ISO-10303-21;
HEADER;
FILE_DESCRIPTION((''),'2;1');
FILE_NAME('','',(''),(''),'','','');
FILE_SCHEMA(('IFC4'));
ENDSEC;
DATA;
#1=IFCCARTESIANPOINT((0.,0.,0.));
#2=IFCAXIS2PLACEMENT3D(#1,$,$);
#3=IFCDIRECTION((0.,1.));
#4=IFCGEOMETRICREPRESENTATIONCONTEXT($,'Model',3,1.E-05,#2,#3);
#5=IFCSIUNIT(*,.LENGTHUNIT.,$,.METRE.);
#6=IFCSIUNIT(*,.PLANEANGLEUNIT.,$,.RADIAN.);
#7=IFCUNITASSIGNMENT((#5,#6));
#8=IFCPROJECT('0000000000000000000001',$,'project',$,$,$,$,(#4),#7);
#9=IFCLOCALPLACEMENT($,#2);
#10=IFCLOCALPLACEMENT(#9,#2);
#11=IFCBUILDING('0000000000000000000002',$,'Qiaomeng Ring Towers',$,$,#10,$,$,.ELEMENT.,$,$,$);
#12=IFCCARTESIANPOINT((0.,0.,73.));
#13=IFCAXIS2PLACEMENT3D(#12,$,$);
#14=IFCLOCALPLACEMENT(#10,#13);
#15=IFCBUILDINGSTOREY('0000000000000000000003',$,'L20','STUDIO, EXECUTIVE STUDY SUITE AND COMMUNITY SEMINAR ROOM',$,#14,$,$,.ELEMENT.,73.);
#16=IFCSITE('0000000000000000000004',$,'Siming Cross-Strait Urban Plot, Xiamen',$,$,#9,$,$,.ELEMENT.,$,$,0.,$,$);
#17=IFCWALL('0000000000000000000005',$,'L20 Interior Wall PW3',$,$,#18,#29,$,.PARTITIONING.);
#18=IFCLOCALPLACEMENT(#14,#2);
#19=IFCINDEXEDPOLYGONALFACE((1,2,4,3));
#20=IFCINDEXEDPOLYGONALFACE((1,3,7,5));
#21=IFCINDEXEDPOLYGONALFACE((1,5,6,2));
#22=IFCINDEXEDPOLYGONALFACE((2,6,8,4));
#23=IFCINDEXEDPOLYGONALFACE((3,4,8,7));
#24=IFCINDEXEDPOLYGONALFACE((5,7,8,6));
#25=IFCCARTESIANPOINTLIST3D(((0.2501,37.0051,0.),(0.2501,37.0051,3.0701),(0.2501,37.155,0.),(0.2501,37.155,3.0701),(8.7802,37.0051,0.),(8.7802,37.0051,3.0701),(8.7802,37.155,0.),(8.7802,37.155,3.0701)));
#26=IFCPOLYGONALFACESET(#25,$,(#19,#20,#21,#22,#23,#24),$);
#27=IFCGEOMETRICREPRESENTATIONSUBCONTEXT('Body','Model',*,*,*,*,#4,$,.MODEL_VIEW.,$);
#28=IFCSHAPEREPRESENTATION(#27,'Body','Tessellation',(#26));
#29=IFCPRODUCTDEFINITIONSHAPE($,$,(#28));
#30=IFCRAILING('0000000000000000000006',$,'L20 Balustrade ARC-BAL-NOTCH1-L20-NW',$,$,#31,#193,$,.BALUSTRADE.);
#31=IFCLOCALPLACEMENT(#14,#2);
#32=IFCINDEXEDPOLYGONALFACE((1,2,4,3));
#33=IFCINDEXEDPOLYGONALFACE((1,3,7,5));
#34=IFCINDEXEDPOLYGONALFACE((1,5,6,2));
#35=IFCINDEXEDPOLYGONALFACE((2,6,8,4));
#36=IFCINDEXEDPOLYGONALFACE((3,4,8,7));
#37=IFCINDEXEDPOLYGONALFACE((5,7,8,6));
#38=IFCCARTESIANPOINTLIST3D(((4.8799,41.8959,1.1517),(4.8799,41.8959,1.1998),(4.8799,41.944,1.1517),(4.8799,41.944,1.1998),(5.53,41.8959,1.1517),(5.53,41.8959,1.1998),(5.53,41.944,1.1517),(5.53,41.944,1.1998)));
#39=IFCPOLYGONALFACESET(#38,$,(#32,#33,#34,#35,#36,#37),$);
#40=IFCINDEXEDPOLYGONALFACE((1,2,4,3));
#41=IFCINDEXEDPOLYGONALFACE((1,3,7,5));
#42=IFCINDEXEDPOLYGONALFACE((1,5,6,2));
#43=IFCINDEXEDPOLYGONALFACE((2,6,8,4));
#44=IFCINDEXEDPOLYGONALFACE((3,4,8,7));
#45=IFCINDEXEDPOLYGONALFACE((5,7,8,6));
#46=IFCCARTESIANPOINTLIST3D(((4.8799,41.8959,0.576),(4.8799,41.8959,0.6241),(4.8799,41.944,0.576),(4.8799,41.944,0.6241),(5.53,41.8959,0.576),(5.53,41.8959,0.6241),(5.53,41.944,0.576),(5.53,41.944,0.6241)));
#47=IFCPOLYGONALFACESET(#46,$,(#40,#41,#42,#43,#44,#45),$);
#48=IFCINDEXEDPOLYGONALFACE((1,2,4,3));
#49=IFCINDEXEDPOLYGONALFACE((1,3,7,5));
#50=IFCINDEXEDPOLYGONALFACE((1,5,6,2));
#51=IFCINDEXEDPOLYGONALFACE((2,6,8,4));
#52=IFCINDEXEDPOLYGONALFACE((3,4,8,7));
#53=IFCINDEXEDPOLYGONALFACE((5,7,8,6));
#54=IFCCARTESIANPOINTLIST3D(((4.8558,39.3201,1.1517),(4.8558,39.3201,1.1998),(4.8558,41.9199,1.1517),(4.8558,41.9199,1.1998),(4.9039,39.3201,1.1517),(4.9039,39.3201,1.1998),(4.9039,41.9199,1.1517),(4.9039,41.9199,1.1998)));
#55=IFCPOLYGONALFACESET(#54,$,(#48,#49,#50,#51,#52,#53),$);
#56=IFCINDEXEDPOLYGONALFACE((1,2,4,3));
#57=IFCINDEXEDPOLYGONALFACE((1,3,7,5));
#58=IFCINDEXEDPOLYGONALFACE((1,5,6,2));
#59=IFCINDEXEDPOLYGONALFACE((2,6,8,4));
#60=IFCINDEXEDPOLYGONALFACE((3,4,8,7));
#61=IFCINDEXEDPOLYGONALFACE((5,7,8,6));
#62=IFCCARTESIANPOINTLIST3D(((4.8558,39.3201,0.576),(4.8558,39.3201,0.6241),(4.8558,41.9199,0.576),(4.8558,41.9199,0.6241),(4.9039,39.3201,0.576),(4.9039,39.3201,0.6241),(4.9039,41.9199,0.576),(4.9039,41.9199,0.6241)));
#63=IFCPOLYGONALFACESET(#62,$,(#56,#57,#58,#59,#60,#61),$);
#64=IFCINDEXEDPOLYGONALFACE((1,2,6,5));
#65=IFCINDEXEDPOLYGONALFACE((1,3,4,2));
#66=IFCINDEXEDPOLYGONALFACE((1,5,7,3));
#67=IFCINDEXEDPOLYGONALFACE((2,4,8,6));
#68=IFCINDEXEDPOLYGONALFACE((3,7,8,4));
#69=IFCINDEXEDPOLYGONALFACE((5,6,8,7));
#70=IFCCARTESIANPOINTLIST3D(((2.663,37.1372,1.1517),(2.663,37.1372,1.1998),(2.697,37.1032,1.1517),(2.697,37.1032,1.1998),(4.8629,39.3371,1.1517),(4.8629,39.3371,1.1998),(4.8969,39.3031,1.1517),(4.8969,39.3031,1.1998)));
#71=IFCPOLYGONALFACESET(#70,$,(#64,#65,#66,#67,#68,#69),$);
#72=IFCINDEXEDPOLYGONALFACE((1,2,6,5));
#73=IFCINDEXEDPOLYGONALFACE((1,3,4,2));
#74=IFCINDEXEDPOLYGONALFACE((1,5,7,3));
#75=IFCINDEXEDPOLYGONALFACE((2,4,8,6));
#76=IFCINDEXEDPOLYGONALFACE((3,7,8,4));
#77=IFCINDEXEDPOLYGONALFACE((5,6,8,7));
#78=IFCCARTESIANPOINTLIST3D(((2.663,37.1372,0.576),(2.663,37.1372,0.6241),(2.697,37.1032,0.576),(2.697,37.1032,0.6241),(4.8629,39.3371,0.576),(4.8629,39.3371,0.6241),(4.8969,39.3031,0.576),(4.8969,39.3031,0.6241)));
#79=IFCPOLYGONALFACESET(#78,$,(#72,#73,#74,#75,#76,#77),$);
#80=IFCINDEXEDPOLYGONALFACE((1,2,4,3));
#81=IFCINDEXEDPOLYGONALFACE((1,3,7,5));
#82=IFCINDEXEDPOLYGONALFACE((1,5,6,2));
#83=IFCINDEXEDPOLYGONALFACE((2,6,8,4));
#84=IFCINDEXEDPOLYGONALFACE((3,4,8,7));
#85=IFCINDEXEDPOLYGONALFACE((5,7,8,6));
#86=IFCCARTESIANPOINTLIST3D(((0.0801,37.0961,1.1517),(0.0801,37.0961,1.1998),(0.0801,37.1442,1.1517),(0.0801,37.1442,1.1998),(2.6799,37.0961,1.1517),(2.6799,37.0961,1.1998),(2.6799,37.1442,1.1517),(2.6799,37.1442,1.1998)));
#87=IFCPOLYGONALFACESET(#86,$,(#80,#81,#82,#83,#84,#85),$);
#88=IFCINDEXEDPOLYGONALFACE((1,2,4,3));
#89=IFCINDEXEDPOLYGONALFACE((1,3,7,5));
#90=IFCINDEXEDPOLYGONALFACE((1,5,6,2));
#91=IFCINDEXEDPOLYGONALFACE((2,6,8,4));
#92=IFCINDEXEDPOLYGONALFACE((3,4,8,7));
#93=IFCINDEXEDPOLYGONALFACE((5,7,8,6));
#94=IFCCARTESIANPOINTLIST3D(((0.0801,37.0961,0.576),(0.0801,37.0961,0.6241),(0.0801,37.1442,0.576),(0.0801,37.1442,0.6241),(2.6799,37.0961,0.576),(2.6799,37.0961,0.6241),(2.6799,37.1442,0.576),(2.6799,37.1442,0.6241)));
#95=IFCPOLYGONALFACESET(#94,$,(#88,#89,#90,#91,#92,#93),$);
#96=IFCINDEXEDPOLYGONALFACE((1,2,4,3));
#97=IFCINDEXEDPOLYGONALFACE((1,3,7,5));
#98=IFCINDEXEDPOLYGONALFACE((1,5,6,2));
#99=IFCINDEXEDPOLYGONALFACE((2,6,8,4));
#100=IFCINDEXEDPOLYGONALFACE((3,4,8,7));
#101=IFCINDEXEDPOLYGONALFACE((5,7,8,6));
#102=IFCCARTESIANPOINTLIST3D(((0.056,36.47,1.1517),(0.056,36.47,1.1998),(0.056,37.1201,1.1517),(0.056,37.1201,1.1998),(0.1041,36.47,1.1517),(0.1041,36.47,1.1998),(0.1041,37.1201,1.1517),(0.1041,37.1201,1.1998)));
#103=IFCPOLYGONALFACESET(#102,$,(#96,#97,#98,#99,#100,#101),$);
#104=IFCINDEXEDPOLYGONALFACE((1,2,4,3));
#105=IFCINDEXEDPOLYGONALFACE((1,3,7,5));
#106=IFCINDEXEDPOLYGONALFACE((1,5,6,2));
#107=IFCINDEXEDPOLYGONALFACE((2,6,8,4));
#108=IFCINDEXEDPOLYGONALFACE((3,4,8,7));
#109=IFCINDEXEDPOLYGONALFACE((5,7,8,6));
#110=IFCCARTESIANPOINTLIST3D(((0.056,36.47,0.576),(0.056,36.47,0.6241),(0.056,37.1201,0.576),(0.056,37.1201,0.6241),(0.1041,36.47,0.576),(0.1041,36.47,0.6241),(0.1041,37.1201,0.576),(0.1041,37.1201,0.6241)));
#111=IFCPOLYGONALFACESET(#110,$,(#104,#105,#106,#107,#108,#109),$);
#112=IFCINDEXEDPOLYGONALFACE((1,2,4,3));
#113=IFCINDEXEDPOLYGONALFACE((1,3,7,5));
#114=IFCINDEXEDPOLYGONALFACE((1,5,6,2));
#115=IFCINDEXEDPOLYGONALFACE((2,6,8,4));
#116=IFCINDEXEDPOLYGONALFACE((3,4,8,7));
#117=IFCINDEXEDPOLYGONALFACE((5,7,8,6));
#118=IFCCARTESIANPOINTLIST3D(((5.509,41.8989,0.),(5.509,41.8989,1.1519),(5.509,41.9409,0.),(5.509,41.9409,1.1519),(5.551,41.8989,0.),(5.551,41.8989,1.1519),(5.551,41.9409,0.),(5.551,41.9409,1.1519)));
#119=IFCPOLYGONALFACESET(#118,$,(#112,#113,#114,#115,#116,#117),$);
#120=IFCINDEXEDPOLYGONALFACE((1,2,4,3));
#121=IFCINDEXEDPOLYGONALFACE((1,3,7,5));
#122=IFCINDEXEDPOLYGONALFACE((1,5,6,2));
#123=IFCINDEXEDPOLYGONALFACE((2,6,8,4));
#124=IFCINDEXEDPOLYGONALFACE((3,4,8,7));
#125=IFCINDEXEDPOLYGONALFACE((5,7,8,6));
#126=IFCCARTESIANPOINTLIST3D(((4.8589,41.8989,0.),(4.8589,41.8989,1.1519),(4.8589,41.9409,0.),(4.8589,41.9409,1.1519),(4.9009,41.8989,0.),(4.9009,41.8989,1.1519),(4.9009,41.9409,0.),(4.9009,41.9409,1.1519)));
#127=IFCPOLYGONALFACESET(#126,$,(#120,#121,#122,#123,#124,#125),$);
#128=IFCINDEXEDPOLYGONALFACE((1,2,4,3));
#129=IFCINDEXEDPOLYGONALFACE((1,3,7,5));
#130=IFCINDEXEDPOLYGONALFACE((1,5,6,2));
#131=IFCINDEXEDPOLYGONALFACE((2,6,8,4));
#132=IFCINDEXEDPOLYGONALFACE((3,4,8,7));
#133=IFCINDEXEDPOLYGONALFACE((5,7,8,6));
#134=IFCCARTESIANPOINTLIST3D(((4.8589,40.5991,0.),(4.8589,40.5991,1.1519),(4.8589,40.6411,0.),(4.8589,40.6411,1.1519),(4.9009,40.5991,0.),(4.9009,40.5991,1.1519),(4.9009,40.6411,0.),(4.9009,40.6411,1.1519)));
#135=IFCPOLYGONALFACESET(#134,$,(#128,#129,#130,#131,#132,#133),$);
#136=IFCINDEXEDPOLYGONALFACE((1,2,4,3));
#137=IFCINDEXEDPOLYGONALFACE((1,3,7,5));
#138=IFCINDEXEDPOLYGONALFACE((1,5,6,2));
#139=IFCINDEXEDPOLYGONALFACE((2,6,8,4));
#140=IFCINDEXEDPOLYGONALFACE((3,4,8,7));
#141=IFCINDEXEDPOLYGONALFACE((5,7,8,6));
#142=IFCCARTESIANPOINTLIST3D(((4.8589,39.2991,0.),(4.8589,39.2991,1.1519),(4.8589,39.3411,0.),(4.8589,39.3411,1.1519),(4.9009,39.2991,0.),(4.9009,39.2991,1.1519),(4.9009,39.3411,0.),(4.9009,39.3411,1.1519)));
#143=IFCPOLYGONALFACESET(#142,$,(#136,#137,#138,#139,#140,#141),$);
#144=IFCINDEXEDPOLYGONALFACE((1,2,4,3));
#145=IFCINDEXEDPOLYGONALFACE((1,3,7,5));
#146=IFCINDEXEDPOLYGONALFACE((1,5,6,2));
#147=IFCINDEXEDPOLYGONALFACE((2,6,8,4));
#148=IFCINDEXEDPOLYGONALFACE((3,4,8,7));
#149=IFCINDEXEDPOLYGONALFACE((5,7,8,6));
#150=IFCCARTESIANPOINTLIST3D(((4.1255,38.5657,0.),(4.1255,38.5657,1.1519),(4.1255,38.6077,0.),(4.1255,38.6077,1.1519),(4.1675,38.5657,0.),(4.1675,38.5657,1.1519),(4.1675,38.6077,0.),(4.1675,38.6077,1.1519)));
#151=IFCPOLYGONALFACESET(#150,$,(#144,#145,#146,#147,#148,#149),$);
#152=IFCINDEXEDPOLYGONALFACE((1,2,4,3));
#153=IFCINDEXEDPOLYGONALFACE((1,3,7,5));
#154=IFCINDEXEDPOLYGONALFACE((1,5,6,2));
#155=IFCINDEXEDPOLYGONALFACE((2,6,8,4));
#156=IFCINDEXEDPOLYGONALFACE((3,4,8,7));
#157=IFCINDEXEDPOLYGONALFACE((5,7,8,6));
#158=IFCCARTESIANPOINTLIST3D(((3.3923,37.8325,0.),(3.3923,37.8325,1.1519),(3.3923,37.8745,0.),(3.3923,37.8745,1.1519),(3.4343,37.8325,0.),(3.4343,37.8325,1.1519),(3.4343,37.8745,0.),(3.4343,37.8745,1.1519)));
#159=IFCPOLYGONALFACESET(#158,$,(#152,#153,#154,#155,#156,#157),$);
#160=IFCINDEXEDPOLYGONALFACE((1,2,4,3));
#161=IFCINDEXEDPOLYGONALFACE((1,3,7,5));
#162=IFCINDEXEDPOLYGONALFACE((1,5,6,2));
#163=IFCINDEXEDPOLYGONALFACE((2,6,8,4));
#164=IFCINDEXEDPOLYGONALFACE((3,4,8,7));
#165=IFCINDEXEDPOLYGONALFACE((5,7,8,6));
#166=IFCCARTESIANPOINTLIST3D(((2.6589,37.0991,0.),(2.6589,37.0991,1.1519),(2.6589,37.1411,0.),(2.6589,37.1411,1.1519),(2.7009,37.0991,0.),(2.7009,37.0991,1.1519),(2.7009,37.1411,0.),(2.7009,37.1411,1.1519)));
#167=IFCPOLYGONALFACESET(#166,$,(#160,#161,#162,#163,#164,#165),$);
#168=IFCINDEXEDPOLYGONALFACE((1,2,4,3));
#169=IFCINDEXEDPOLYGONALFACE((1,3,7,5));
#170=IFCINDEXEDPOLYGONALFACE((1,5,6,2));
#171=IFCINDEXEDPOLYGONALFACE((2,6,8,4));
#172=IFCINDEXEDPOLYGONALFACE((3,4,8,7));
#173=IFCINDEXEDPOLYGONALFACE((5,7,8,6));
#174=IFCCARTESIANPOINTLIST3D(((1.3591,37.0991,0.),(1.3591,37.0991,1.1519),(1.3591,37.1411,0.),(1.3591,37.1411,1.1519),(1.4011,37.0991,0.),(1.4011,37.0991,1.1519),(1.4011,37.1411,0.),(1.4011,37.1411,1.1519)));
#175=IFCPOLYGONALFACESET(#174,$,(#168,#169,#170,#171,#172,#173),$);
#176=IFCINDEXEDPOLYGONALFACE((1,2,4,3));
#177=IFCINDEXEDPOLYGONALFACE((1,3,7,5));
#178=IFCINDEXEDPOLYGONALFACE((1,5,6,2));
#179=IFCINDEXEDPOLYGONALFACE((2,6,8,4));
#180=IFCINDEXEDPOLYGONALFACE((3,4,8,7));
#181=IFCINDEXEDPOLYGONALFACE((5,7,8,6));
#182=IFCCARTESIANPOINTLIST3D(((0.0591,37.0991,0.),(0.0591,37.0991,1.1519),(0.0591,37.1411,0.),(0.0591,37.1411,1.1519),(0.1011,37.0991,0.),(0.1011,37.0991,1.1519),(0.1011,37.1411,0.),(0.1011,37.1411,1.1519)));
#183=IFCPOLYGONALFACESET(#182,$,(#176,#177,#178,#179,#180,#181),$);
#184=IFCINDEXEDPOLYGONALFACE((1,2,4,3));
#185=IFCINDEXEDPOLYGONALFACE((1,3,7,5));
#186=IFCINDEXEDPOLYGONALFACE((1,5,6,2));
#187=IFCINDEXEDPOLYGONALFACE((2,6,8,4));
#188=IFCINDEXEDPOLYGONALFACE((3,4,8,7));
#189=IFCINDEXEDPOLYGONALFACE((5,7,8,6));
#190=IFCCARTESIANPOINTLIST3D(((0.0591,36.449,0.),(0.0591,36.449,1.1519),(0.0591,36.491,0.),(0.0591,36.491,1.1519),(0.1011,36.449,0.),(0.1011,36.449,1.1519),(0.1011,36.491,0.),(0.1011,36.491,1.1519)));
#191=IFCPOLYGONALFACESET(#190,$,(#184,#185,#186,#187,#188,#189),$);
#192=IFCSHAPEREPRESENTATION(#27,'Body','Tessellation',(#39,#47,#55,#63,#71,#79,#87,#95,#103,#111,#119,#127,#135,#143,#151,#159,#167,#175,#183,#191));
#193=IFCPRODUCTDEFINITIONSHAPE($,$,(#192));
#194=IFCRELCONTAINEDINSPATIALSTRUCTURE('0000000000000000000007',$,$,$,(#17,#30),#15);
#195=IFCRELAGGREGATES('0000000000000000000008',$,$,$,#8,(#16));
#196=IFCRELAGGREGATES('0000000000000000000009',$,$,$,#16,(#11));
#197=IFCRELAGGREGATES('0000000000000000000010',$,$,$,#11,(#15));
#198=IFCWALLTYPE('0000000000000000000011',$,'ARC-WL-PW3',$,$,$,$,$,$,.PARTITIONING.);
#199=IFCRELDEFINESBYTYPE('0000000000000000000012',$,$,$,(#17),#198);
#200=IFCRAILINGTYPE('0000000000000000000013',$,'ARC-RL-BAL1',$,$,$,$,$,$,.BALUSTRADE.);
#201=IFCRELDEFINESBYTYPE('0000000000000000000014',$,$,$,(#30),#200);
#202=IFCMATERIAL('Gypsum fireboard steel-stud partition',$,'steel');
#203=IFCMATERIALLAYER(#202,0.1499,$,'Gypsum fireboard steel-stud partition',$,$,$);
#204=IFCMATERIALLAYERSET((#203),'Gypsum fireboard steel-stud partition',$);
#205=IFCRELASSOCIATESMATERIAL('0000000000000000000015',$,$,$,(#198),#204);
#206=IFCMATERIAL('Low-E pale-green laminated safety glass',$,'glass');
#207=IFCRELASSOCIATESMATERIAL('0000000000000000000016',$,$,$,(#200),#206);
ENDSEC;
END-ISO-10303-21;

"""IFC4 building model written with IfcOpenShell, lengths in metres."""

from ifc_helpers import new_model, si_unit, direction, frame, frame_2d, origin, origin_2d, place, context, subcontext, project, spatial, rectangle, extrude, material, layer, layer_set, type_object, element, save


model = new_model("IFC4")

# Units and contexts
model_context = context("Model", 3, precision=1e-05, world=origin(), true_north=direction((0.0, 1.0)))
body_context = subcontext(model_context, "Body", "Model", "MODEL_VIEW")
ifc_project = project(units=[si_unit("LENGTHUNIT", "METRE"), si_unit("PLANEANGLEUNIT", "RADIAN")], contexts=[model_context])

# Site, building, storey
site_placement = place(None, origin())
site = spatial("IfcSite", under=ifc_project, at=site_placement, Name="Siming Cross-Strait Urban Plot, Xiamen", CompositionType="ELEMENT", RefElevation=0.0)
building_placement = place(site_placement, origin())
building = spatial("IfcBuilding", under=site, at=building_placement, Name="Qiaomeng Ring Towers", CompositionType="ELEMENT")
storey_placement = place(building_placement, frame((0.0, 0.0, 73.0)))
storey = spatial("IfcBuildingStorey", under=building, at=storey_placement, Name="L20", Description="STUDIO, EXECUTIVE STUDY SUITE AND COMMUNITY SEMINAR ROOM", CompositionType="ELEMENT", Elevation=73.0)

# Wall
ifc_material_1 = material(Name="Gypsum fireboard steel-stud partition", Category="steel")
ifc_layer_1 = layer(ifc_material_1, 0.1499, Name="Gypsum fireboard steel-stud partition")
ifc_layer_set_1 = layer_set([ifc_layer_1], Name="Gypsum fireboard steel-stud partition")
wall_type_1 = type_object("IfcWallType", Name="ARC-WL-PW3", PredefinedType="PARTITIONING", material=ifc_layer_set_1)
wall_1_placement = place(storey_placement, frame((0.25, 37.0801, 0.0), z_axis=(0.0, 0.0, 1.0), x_axis=(1.0, 0.0, 0.0)))
element("IfcWall", 1, at=wall_1_placement, inside=storey, type_object=wall_type_1, Name="L20 Interior Wall PW3", PredefinedType="PARTITIONING", context=body_context, shape_type="SweptSolid", body=[
    extrude(rectangle(XDim=8.53, YDim=0.1499, at=frame_2d((4.2651, 0.0))), origin(), (0.0, 0.0, 1.0), 3.0701),
])

# Railing
ifc_material_2 = material(Name="Low-E pale-green laminated safety glass", Category="glass")
railing_type = type_object("IfcRailingType", Name="ARC-RL-BAL1", PredefinedType="BALUSTRADE", material=ifc_material_2)
railing_placement = place(storey_placement, frame((5.53, 41.9199, 0.0)))
element("IfcRailing", 2, at=railing_placement, inside=storey, type_object=railing_type, Name="L20 Balustrade ARC-BAL-NOTCH1-L20-NW", PredefinedType="BALUSTRADE", context=body_context, shape_type="SweptSolid", body=[
    extrude(rectangle(XDim=0.0481, YDim=0.0481, at=origin_2d()), frame((0.0, 0.0, 1.1758), z_axis=(-1.0, 0.0, 0.0), x_axis=(0.0, -1.0, 0.0)), (0.0, 0.0, 1.0), 0.6501),
    extrude(rectangle(XDim=0.0481, YDim=0.0481, at=origin_2d()), frame((0.0, 0.0, 0.6001), z_axis=(-1.0, 0.0, 0.0), x_axis=(0.0, -1.0, 0.0)), (0.0, 0.0, 1.0), 0.6501),
    extrude(rectangle(XDim=0.0481, YDim=0.0481, at=origin_2d()), frame((-0.6501, 0.0, 1.1758), z_axis=(0.0, -1.0, 0.0), x_axis=(1.0, 0.0, 0.0)), (0.0, 0.0, 1.0), 2.5999),
    extrude(rectangle(XDim=0.0481, YDim=0.0481, at=origin_2d()), frame((-0.6501, 0.0, 0.6001), z_axis=(0.0, -1.0, 0.0), x_axis=(1.0, 0.0, 0.0)), (0.0, 0.0, 1.0), 2.5999),
    extrude(rectangle(XDim=0.0481, YDim=0.0481, at=origin_2d()), frame((-0.6501, -2.5999, 1.1758), z_axis=(-0.707107, -0.707107, 0.0), x_axis=(0.707107, -0.707107, 0.0)), (0.0, 0.0, 1.0), 3.1111),
    extrude(rectangle(XDim=0.0481, YDim=0.0481, at=origin_2d()), frame((-0.6501, -2.5999, 0.6001), z_axis=(-0.707107, -0.707107, 0.0), x_axis=(0.707107, -0.707107, 0.0)), (0.0, 0.0, 1.0), 3.1111),
    extrude(rectangle(XDim=0.0481, YDim=0.0481, at=origin_2d()), frame((-2.8501, -4.7998, 1.1758), z_axis=(-1.0, 0.0, 0.0), x_axis=(0.0, -1.0, 0.0)), (0.0, 0.0, 1.0), 2.5999),
    extrude(rectangle(XDim=0.0481, YDim=0.0481, at=origin_2d()), frame((-2.8501, -4.7998, 0.6001), z_axis=(-1.0, 0.0, 0.0), x_axis=(0.0, -1.0, 0.0)), (0.0, 0.0, 1.0), 2.5999),
    extrude(rectangle(XDim=0.0481, YDim=0.0481, at=origin_2d()), frame((-5.45, -4.7998, 1.1758), z_axis=(0.0, -1.0, 0.0), x_axis=(1.0, 0.0, 0.0)), (0.0, 0.0, 1.0), 0.6501),
    extrude(rectangle(XDim=0.0481, YDim=0.0481, at=origin_2d()), frame((-5.45, -4.7998, 0.6001), z_axis=(0.0, -1.0, 0.0), x_axis=(1.0, 0.0, 0.0)), (0.0, 0.0, 1.0), 0.6501),
    extrude(rectangle(XDim=0.042, YDim=0.042, at=origin_2d()), origin(), (0.0, 0.0, 1.0), 1.1519),
    extrude(rectangle(XDim=0.042, YDim=0.042, at=origin_2d()), frame((-0.6501, 0.0, 0.0)), (0.0, 0.0, 1.0), 1.1519),
    extrude(rectangle(XDim=0.042, YDim=0.042, at=origin_2d()), frame((-0.6501, -1.2998, 0.0)), (0.0, 0.0, 1.0), 1.1519),
    extrude(rectangle(XDim=0.042, YDim=0.042, at=origin_2d()), frame((-0.6501, -2.5999, 0.0)), (0.0, 0.0, 1.0), 1.1519),
    extrude(rectangle(XDim=0.042, YDim=0.042, at=origin_2d()), frame((-1.3835, -3.3333, 0.0)), (0.0, 0.0, 1.0), 1.1519),
    extrude(rectangle(XDim=0.042, YDim=0.042, at=origin_2d()), frame((-2.1167, -4.0664, 0.0)), (0.0, 0.0, 1.0), 1.1519),
    extrude(rectangle(XDim=0.042, YDim=0.042, at=origin_2d()), frame((-2.8501, -4.7998, 0.0)), (0.0, 0.0, 1.0), 1.1519),
    extrude(rectangle(XDim=0.042, YDim=0.042, at=origin_2d()), frame((-4.1499, -4.7998, 0.0)), (0.0, 0.0, 1.0), 1.1519),
    extrude(rectangle(XDim=0.042, YDim=0.042, at=origin_2d()), frame((-5.45, -4.7998, 0.0)), (0.0, 0.0, 1.0), 1.1519),
    extrude(rectangle(XDim=0.042, YDim=0.042, at=origin_2d()), frame((-5.45, -5.45, 0.0)), (0.0, 0.0, 1.0), 1.1519),
])

save(model, "model.ifc")
